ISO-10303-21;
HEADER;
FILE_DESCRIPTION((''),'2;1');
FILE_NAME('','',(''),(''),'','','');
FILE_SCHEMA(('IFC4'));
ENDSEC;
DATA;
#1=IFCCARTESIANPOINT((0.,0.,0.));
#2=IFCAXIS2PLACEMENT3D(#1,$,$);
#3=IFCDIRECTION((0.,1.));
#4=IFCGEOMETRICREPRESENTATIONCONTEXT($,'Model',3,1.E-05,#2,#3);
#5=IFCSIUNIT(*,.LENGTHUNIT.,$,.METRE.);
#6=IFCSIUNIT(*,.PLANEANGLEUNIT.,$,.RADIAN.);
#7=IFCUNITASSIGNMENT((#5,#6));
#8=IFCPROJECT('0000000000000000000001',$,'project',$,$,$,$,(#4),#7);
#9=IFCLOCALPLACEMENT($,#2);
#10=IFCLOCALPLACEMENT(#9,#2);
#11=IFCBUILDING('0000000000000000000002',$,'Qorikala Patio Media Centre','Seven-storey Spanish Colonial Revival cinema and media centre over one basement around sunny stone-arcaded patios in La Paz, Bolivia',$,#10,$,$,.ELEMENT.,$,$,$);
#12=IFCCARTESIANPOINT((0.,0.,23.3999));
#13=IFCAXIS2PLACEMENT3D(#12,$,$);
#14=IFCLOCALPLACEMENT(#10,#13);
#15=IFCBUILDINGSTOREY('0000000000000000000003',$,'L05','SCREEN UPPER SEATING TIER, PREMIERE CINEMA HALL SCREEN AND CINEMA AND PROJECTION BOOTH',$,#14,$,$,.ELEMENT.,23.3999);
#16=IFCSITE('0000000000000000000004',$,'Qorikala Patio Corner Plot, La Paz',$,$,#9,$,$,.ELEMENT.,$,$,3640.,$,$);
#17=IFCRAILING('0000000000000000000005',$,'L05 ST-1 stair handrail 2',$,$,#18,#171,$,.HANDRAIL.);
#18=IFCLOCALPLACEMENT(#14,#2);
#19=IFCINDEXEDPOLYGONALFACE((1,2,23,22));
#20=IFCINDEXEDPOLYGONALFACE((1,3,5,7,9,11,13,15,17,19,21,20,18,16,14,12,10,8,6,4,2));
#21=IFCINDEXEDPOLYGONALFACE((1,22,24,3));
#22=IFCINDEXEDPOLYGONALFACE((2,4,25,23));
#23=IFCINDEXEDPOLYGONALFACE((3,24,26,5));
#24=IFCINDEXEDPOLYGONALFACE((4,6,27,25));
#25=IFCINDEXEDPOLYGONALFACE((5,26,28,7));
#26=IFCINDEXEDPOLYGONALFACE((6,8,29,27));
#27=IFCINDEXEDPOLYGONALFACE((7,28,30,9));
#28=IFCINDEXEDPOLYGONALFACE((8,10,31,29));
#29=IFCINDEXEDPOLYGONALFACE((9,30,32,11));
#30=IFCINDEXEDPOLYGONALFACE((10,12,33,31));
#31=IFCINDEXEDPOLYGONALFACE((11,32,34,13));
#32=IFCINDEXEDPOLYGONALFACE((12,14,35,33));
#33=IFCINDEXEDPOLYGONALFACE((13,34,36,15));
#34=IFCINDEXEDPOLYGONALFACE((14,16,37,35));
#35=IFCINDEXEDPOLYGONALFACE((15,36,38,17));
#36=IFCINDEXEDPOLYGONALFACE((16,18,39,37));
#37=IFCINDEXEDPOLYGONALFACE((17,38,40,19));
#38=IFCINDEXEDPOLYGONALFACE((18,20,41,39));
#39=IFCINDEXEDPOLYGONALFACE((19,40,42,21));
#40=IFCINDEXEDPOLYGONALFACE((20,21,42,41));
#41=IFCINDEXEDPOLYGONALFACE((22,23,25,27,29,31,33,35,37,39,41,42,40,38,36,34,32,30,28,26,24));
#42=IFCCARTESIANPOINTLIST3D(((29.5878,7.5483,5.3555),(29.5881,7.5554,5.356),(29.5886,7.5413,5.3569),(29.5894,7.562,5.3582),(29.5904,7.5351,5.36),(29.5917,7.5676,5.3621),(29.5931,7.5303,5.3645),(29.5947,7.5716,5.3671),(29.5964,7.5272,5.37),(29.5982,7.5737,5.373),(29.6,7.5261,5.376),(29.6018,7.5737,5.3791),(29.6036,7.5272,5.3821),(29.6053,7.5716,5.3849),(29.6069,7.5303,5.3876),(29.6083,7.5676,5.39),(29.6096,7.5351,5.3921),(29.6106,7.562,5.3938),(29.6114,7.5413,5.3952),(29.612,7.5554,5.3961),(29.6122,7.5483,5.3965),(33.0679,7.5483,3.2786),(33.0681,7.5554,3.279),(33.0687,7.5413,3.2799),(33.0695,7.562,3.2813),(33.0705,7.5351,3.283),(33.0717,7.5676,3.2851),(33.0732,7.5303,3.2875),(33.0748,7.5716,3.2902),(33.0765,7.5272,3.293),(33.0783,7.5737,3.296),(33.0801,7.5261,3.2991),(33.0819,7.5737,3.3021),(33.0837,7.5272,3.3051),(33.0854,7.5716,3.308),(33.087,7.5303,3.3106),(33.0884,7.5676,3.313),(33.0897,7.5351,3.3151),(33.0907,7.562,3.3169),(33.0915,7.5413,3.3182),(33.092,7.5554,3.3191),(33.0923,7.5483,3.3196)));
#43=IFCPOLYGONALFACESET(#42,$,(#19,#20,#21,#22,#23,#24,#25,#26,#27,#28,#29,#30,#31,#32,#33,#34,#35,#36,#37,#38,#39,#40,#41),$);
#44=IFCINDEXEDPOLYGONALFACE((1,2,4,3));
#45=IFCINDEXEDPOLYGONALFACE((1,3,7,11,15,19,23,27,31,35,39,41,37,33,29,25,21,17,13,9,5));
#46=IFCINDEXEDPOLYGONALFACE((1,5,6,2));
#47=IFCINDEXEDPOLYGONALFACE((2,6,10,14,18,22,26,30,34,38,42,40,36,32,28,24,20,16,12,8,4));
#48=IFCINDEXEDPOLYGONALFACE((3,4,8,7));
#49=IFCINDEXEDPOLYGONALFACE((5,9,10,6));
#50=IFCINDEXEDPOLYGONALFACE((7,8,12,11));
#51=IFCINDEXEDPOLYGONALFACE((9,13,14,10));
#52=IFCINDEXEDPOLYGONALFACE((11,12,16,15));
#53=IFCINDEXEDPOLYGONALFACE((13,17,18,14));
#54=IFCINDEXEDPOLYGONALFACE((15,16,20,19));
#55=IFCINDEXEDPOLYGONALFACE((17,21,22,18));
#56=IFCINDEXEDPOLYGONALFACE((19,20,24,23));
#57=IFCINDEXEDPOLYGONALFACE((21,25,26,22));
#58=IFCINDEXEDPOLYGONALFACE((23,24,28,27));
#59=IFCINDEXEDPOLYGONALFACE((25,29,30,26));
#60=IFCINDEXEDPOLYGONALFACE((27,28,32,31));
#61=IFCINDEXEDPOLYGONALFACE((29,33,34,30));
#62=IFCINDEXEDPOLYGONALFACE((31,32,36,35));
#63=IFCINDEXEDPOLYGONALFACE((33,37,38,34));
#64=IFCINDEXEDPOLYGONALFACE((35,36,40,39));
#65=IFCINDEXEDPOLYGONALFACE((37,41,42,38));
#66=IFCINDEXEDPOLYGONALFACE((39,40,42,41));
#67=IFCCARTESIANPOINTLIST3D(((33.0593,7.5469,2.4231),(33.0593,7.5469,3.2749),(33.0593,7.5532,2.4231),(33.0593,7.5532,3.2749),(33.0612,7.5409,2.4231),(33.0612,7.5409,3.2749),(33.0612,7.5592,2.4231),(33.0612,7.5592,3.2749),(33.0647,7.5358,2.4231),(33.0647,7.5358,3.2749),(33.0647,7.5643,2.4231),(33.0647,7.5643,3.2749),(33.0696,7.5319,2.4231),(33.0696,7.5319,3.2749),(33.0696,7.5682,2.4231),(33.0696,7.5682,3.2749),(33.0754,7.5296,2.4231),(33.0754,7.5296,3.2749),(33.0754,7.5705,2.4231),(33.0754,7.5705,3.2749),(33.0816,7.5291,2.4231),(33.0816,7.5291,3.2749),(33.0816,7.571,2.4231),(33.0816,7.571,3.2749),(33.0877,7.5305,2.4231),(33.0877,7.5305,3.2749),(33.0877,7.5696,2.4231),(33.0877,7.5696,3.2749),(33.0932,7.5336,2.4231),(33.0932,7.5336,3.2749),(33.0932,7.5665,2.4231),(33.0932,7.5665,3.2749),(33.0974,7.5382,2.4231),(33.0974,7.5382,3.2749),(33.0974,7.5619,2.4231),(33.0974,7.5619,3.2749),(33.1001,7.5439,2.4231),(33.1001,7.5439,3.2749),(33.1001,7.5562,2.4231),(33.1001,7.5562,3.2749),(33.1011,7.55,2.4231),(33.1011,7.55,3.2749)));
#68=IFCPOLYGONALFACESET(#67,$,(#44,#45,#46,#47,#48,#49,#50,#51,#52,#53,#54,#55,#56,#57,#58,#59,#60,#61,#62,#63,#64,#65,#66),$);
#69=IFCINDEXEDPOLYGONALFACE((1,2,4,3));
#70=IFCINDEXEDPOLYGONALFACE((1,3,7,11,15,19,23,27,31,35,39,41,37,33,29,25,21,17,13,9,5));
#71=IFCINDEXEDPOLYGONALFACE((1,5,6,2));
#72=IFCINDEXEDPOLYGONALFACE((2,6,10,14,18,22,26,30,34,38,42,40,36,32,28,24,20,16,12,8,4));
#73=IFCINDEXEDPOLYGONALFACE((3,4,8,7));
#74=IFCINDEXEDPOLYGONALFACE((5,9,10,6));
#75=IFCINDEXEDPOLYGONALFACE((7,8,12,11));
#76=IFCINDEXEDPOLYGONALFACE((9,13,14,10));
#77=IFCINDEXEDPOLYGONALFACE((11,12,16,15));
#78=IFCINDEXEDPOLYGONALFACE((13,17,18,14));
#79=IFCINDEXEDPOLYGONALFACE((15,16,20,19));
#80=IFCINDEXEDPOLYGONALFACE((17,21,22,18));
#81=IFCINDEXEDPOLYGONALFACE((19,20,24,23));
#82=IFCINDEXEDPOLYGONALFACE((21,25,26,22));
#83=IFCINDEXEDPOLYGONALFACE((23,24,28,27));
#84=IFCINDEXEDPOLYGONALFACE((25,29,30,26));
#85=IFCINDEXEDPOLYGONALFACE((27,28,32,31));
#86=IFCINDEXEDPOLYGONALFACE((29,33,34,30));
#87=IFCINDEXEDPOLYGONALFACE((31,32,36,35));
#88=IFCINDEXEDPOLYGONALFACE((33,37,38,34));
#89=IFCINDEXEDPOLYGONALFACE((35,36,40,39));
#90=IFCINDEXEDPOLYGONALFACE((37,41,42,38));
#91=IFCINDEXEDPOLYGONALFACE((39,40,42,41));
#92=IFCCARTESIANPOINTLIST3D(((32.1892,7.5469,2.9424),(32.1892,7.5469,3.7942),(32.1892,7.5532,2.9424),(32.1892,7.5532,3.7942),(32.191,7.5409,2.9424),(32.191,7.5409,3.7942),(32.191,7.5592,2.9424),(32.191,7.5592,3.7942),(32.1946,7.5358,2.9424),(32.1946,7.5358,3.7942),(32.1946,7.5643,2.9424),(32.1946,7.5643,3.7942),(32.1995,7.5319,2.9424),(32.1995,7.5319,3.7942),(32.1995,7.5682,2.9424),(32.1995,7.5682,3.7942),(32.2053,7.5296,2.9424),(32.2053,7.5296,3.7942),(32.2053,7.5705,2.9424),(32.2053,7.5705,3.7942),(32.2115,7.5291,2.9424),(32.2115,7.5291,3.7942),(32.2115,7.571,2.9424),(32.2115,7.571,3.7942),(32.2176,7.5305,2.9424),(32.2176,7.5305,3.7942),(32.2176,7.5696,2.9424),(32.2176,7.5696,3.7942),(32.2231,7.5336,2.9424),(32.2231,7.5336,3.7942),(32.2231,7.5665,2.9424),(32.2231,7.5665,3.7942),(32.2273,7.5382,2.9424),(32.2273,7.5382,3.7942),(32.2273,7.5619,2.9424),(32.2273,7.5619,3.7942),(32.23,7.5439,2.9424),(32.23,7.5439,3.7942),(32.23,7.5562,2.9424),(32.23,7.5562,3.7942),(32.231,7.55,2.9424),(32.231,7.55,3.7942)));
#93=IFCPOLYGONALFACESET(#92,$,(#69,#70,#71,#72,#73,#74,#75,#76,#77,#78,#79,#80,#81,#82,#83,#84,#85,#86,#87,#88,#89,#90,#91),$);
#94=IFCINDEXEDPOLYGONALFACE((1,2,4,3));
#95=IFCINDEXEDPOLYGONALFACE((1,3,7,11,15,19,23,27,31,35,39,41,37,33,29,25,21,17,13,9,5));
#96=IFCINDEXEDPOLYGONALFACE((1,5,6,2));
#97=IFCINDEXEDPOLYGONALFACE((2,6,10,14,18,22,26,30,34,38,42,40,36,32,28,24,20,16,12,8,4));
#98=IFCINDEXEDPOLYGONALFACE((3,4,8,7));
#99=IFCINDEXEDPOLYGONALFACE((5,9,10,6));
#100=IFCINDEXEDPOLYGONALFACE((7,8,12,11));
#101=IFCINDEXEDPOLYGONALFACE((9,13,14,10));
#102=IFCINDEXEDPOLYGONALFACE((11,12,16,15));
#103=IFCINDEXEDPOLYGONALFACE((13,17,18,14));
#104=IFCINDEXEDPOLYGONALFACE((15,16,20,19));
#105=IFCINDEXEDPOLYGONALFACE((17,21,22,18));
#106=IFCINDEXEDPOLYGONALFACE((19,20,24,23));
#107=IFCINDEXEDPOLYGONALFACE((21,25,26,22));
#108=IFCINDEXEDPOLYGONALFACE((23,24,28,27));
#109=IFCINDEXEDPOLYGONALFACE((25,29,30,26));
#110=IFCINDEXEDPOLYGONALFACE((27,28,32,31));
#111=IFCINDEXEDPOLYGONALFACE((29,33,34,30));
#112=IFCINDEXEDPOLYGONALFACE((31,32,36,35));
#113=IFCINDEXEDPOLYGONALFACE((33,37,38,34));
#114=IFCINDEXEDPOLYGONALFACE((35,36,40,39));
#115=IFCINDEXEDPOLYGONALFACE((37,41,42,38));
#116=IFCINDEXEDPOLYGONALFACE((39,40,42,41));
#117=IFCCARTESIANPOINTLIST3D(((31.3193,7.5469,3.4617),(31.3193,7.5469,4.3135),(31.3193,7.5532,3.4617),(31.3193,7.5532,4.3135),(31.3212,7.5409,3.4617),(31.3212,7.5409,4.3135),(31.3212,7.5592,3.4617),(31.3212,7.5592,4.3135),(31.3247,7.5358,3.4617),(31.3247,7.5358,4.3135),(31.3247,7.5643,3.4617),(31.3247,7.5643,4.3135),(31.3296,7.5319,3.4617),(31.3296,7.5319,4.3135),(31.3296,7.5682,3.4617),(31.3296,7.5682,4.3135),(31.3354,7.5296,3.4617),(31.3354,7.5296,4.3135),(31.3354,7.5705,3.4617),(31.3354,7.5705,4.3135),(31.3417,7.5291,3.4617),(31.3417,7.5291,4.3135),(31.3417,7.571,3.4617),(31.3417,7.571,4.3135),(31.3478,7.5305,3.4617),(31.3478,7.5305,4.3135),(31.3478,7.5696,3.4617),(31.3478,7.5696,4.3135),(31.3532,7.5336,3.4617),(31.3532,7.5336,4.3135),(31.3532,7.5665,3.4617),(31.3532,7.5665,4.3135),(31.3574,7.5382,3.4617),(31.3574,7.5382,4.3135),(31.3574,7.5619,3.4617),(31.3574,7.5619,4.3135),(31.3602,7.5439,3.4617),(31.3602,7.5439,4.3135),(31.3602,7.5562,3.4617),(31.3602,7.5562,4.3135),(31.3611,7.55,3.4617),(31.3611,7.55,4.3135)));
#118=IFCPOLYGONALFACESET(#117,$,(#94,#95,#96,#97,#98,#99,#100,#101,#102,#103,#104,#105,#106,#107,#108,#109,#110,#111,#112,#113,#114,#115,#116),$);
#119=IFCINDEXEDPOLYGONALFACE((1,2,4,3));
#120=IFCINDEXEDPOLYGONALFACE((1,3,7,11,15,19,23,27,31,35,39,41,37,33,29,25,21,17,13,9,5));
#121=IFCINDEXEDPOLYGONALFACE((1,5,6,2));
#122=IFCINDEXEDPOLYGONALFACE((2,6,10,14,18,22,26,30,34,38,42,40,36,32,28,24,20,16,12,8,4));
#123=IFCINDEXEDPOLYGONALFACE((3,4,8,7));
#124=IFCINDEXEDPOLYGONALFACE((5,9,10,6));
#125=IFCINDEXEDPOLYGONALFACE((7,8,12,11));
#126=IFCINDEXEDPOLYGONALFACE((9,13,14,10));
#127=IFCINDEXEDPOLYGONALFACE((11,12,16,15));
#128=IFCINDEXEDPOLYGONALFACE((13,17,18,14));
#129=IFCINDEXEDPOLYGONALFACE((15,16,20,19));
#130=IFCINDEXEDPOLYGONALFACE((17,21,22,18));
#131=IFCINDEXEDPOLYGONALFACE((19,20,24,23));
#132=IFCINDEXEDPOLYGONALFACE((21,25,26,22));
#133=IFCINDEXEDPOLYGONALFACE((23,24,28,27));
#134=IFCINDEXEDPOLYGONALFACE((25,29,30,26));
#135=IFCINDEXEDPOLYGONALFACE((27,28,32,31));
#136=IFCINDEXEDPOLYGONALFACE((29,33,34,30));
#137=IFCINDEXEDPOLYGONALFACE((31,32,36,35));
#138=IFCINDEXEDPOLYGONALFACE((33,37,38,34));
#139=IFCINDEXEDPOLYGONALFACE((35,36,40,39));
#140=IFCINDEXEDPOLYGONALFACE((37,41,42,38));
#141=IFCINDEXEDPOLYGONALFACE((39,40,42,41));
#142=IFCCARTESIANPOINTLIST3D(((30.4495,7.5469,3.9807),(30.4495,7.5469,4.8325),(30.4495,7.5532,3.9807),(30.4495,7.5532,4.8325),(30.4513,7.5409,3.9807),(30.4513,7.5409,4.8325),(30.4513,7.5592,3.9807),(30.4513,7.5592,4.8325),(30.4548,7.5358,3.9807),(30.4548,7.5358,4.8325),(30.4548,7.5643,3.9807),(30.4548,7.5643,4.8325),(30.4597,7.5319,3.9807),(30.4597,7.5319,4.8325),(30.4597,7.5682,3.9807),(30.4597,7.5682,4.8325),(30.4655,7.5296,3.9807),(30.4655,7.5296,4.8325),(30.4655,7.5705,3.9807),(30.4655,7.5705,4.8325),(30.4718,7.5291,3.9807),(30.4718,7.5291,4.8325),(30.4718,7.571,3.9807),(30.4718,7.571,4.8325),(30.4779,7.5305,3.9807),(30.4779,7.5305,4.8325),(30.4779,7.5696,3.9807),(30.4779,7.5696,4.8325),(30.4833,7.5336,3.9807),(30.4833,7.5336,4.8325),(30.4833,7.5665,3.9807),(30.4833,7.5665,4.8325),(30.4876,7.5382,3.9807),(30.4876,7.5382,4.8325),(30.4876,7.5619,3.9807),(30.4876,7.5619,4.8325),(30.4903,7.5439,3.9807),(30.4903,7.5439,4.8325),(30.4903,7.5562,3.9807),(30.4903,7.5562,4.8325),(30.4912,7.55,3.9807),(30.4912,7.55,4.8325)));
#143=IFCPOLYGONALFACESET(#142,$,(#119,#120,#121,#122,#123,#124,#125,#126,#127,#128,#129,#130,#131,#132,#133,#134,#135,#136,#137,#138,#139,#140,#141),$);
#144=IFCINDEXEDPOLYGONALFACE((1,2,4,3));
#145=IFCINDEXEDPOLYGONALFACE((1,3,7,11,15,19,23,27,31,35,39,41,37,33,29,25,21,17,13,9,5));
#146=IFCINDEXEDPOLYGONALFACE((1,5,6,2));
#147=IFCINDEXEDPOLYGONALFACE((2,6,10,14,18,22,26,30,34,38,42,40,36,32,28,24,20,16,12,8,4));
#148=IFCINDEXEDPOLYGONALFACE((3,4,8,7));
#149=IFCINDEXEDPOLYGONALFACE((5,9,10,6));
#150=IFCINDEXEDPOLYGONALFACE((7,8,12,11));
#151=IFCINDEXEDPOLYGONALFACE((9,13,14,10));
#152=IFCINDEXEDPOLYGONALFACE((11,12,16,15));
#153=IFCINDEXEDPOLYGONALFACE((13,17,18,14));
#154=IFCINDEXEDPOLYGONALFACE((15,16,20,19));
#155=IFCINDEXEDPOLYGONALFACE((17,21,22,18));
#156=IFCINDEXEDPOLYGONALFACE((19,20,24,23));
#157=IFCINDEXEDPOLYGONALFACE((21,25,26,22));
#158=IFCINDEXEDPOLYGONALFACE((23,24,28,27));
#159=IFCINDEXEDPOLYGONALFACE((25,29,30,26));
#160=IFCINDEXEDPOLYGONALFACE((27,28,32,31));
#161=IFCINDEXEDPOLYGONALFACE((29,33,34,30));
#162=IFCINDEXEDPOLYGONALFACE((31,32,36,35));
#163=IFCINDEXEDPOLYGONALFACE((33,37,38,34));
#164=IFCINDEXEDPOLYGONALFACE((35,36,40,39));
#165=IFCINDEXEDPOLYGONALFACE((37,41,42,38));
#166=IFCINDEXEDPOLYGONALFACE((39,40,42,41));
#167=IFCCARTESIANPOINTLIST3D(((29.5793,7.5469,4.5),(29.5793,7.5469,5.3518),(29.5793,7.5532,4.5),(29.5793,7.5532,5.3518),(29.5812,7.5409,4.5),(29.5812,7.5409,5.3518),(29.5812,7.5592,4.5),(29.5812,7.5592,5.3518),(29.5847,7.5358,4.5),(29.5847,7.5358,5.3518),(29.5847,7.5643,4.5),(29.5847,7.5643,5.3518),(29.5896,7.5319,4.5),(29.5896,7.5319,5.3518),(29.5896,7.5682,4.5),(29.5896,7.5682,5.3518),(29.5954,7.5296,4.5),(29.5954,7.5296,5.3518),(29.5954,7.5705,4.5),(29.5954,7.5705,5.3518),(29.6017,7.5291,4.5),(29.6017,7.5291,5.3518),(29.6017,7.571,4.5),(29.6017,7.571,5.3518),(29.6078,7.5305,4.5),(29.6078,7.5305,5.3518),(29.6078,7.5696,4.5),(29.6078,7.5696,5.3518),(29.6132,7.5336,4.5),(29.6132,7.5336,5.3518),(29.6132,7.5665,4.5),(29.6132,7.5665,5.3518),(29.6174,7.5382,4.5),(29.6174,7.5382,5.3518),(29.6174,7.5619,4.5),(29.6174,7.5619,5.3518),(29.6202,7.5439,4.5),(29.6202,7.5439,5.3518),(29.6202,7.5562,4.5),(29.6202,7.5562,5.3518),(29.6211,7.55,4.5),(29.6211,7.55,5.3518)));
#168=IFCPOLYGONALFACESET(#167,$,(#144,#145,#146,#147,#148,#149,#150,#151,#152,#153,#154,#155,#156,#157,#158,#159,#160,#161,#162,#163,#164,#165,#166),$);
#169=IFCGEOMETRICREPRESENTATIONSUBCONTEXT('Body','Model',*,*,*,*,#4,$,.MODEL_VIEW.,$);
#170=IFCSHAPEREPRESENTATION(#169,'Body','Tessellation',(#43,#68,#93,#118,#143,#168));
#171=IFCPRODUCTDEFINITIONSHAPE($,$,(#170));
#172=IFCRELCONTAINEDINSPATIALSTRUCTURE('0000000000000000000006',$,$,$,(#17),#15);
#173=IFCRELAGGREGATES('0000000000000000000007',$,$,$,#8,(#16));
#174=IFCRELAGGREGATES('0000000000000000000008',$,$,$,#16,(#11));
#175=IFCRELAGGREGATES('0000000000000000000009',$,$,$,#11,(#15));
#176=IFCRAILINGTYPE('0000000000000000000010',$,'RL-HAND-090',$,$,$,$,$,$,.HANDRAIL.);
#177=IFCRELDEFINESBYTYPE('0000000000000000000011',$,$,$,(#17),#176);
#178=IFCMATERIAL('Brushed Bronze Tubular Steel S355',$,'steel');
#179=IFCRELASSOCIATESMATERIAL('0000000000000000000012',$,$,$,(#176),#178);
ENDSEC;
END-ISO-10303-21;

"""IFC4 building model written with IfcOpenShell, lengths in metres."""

from ifc_helpers import new_model, si_unit, direction, frame, origin, origin_2d, place, context, subcontext, project, spatial, circle, extrude, material, type_object, element, save


model = new_model("IFC4")

# Units and contexts
model_context = context("Model", 3, precision=1e-05, world=origin(), true_north=direction((0.0, 1.0)))
body_context = subcontext(model_context, "Body", "Model", "MODEL_VIEW")
ifc_project = project(units=[si_unit("LENGTHUNIT", "METRE"), si_unit("PLANEANGLEUNIT", "RADIAN")], contexts=[model_context])

# Site, building, storey
site_placement = place(None, origin())
site = spatial("IfcSite", under=ifc_project, at=site_placement, Name="Qorikala Patio Corner Plot, La Paz", CompositionType="ELEMENT", RefElevation=3640.0)
building_placement = place(site_placement, origin())
building = spatial("IfcBuilding", under=site, at=building_placement, Name="Qorikala Patio Media Centre", Description="Seven-storey Spanish Colonial Revival cinema and media centre over one basement around sunny stone-arcaded patios in La Paz, Bolivia", CompositionType="ELEMENT")
storey_placement = place(building_placement, frame((0.0, 0.0, 23.3999)))
storey = spatial("IfcBuildingStorey", under=building, at=storey_placement, Name="L05", Description="SCREEN UPPER SEATING TIER, PREMIERE CINEMA HALL SCREEN AND CINEMA AND PROJECTION BOOTH", CompositionType="ELEMENT", Elevation=23.3999)

# Railing
ifc_material_1 = material(Name="Brushed Bronze Tubular Steel S355", Category="steel")
railing_type = type_object("IfcRailingType", Name="RL-HAND-090", PredefinedType="HANDRAIL", material=ifc_material_1)
railing_placement = place(storey_placement, frame((33.0801, 7.55, 2.4231)))
element("IfcRailing", 1, at=railing_placement, inside=storey, type_object=railing_type, Name="L05 ST-1 stair handrail 2", PredefinedType="HANDRAIL", context=body_context, shape_type="SweptSolid", body=[
    extrude(circle(Radius=0.0239, at=origin_2d()), frame((0.0, 0.0, 0.876), z_axis=(-0.858697, 0.0, 0.512483), x_axis=(0.0, -1.0, 0.0)), (0.0, 0.0, 1.0), 4.0527),
    extrude(circle(Radius=0.021, at=origin_2d()), origin(), (0.0, 0.0, 1.0), 0.8518),
    extrude(circle(Radius=0.021, at=origin_2d()), frame((-0.8701, 0.0, 0.5193)), (0.0, 0.0, 1.0), 0.8518),
    extrude(circle(Radius=0.021, at=origin_2d()), frame((-1.74, 0.0, 1.0386)), (0.0, 0.0, 1.0), 0.8518),
    extrude(circle(Radius=0.021, at=origin_2d()), frame((-2.6099, 0.0, 1.5576)), (0.0, 0.0, 1.0), 0.8518),
    extrude(circle(Radius=0.021, at=origin_2d()), frame((-3.48, 0.0, 2.0769)), (0.0, 0.0, 1.0), 0.8518),
])

save(model, "model.ifc")
